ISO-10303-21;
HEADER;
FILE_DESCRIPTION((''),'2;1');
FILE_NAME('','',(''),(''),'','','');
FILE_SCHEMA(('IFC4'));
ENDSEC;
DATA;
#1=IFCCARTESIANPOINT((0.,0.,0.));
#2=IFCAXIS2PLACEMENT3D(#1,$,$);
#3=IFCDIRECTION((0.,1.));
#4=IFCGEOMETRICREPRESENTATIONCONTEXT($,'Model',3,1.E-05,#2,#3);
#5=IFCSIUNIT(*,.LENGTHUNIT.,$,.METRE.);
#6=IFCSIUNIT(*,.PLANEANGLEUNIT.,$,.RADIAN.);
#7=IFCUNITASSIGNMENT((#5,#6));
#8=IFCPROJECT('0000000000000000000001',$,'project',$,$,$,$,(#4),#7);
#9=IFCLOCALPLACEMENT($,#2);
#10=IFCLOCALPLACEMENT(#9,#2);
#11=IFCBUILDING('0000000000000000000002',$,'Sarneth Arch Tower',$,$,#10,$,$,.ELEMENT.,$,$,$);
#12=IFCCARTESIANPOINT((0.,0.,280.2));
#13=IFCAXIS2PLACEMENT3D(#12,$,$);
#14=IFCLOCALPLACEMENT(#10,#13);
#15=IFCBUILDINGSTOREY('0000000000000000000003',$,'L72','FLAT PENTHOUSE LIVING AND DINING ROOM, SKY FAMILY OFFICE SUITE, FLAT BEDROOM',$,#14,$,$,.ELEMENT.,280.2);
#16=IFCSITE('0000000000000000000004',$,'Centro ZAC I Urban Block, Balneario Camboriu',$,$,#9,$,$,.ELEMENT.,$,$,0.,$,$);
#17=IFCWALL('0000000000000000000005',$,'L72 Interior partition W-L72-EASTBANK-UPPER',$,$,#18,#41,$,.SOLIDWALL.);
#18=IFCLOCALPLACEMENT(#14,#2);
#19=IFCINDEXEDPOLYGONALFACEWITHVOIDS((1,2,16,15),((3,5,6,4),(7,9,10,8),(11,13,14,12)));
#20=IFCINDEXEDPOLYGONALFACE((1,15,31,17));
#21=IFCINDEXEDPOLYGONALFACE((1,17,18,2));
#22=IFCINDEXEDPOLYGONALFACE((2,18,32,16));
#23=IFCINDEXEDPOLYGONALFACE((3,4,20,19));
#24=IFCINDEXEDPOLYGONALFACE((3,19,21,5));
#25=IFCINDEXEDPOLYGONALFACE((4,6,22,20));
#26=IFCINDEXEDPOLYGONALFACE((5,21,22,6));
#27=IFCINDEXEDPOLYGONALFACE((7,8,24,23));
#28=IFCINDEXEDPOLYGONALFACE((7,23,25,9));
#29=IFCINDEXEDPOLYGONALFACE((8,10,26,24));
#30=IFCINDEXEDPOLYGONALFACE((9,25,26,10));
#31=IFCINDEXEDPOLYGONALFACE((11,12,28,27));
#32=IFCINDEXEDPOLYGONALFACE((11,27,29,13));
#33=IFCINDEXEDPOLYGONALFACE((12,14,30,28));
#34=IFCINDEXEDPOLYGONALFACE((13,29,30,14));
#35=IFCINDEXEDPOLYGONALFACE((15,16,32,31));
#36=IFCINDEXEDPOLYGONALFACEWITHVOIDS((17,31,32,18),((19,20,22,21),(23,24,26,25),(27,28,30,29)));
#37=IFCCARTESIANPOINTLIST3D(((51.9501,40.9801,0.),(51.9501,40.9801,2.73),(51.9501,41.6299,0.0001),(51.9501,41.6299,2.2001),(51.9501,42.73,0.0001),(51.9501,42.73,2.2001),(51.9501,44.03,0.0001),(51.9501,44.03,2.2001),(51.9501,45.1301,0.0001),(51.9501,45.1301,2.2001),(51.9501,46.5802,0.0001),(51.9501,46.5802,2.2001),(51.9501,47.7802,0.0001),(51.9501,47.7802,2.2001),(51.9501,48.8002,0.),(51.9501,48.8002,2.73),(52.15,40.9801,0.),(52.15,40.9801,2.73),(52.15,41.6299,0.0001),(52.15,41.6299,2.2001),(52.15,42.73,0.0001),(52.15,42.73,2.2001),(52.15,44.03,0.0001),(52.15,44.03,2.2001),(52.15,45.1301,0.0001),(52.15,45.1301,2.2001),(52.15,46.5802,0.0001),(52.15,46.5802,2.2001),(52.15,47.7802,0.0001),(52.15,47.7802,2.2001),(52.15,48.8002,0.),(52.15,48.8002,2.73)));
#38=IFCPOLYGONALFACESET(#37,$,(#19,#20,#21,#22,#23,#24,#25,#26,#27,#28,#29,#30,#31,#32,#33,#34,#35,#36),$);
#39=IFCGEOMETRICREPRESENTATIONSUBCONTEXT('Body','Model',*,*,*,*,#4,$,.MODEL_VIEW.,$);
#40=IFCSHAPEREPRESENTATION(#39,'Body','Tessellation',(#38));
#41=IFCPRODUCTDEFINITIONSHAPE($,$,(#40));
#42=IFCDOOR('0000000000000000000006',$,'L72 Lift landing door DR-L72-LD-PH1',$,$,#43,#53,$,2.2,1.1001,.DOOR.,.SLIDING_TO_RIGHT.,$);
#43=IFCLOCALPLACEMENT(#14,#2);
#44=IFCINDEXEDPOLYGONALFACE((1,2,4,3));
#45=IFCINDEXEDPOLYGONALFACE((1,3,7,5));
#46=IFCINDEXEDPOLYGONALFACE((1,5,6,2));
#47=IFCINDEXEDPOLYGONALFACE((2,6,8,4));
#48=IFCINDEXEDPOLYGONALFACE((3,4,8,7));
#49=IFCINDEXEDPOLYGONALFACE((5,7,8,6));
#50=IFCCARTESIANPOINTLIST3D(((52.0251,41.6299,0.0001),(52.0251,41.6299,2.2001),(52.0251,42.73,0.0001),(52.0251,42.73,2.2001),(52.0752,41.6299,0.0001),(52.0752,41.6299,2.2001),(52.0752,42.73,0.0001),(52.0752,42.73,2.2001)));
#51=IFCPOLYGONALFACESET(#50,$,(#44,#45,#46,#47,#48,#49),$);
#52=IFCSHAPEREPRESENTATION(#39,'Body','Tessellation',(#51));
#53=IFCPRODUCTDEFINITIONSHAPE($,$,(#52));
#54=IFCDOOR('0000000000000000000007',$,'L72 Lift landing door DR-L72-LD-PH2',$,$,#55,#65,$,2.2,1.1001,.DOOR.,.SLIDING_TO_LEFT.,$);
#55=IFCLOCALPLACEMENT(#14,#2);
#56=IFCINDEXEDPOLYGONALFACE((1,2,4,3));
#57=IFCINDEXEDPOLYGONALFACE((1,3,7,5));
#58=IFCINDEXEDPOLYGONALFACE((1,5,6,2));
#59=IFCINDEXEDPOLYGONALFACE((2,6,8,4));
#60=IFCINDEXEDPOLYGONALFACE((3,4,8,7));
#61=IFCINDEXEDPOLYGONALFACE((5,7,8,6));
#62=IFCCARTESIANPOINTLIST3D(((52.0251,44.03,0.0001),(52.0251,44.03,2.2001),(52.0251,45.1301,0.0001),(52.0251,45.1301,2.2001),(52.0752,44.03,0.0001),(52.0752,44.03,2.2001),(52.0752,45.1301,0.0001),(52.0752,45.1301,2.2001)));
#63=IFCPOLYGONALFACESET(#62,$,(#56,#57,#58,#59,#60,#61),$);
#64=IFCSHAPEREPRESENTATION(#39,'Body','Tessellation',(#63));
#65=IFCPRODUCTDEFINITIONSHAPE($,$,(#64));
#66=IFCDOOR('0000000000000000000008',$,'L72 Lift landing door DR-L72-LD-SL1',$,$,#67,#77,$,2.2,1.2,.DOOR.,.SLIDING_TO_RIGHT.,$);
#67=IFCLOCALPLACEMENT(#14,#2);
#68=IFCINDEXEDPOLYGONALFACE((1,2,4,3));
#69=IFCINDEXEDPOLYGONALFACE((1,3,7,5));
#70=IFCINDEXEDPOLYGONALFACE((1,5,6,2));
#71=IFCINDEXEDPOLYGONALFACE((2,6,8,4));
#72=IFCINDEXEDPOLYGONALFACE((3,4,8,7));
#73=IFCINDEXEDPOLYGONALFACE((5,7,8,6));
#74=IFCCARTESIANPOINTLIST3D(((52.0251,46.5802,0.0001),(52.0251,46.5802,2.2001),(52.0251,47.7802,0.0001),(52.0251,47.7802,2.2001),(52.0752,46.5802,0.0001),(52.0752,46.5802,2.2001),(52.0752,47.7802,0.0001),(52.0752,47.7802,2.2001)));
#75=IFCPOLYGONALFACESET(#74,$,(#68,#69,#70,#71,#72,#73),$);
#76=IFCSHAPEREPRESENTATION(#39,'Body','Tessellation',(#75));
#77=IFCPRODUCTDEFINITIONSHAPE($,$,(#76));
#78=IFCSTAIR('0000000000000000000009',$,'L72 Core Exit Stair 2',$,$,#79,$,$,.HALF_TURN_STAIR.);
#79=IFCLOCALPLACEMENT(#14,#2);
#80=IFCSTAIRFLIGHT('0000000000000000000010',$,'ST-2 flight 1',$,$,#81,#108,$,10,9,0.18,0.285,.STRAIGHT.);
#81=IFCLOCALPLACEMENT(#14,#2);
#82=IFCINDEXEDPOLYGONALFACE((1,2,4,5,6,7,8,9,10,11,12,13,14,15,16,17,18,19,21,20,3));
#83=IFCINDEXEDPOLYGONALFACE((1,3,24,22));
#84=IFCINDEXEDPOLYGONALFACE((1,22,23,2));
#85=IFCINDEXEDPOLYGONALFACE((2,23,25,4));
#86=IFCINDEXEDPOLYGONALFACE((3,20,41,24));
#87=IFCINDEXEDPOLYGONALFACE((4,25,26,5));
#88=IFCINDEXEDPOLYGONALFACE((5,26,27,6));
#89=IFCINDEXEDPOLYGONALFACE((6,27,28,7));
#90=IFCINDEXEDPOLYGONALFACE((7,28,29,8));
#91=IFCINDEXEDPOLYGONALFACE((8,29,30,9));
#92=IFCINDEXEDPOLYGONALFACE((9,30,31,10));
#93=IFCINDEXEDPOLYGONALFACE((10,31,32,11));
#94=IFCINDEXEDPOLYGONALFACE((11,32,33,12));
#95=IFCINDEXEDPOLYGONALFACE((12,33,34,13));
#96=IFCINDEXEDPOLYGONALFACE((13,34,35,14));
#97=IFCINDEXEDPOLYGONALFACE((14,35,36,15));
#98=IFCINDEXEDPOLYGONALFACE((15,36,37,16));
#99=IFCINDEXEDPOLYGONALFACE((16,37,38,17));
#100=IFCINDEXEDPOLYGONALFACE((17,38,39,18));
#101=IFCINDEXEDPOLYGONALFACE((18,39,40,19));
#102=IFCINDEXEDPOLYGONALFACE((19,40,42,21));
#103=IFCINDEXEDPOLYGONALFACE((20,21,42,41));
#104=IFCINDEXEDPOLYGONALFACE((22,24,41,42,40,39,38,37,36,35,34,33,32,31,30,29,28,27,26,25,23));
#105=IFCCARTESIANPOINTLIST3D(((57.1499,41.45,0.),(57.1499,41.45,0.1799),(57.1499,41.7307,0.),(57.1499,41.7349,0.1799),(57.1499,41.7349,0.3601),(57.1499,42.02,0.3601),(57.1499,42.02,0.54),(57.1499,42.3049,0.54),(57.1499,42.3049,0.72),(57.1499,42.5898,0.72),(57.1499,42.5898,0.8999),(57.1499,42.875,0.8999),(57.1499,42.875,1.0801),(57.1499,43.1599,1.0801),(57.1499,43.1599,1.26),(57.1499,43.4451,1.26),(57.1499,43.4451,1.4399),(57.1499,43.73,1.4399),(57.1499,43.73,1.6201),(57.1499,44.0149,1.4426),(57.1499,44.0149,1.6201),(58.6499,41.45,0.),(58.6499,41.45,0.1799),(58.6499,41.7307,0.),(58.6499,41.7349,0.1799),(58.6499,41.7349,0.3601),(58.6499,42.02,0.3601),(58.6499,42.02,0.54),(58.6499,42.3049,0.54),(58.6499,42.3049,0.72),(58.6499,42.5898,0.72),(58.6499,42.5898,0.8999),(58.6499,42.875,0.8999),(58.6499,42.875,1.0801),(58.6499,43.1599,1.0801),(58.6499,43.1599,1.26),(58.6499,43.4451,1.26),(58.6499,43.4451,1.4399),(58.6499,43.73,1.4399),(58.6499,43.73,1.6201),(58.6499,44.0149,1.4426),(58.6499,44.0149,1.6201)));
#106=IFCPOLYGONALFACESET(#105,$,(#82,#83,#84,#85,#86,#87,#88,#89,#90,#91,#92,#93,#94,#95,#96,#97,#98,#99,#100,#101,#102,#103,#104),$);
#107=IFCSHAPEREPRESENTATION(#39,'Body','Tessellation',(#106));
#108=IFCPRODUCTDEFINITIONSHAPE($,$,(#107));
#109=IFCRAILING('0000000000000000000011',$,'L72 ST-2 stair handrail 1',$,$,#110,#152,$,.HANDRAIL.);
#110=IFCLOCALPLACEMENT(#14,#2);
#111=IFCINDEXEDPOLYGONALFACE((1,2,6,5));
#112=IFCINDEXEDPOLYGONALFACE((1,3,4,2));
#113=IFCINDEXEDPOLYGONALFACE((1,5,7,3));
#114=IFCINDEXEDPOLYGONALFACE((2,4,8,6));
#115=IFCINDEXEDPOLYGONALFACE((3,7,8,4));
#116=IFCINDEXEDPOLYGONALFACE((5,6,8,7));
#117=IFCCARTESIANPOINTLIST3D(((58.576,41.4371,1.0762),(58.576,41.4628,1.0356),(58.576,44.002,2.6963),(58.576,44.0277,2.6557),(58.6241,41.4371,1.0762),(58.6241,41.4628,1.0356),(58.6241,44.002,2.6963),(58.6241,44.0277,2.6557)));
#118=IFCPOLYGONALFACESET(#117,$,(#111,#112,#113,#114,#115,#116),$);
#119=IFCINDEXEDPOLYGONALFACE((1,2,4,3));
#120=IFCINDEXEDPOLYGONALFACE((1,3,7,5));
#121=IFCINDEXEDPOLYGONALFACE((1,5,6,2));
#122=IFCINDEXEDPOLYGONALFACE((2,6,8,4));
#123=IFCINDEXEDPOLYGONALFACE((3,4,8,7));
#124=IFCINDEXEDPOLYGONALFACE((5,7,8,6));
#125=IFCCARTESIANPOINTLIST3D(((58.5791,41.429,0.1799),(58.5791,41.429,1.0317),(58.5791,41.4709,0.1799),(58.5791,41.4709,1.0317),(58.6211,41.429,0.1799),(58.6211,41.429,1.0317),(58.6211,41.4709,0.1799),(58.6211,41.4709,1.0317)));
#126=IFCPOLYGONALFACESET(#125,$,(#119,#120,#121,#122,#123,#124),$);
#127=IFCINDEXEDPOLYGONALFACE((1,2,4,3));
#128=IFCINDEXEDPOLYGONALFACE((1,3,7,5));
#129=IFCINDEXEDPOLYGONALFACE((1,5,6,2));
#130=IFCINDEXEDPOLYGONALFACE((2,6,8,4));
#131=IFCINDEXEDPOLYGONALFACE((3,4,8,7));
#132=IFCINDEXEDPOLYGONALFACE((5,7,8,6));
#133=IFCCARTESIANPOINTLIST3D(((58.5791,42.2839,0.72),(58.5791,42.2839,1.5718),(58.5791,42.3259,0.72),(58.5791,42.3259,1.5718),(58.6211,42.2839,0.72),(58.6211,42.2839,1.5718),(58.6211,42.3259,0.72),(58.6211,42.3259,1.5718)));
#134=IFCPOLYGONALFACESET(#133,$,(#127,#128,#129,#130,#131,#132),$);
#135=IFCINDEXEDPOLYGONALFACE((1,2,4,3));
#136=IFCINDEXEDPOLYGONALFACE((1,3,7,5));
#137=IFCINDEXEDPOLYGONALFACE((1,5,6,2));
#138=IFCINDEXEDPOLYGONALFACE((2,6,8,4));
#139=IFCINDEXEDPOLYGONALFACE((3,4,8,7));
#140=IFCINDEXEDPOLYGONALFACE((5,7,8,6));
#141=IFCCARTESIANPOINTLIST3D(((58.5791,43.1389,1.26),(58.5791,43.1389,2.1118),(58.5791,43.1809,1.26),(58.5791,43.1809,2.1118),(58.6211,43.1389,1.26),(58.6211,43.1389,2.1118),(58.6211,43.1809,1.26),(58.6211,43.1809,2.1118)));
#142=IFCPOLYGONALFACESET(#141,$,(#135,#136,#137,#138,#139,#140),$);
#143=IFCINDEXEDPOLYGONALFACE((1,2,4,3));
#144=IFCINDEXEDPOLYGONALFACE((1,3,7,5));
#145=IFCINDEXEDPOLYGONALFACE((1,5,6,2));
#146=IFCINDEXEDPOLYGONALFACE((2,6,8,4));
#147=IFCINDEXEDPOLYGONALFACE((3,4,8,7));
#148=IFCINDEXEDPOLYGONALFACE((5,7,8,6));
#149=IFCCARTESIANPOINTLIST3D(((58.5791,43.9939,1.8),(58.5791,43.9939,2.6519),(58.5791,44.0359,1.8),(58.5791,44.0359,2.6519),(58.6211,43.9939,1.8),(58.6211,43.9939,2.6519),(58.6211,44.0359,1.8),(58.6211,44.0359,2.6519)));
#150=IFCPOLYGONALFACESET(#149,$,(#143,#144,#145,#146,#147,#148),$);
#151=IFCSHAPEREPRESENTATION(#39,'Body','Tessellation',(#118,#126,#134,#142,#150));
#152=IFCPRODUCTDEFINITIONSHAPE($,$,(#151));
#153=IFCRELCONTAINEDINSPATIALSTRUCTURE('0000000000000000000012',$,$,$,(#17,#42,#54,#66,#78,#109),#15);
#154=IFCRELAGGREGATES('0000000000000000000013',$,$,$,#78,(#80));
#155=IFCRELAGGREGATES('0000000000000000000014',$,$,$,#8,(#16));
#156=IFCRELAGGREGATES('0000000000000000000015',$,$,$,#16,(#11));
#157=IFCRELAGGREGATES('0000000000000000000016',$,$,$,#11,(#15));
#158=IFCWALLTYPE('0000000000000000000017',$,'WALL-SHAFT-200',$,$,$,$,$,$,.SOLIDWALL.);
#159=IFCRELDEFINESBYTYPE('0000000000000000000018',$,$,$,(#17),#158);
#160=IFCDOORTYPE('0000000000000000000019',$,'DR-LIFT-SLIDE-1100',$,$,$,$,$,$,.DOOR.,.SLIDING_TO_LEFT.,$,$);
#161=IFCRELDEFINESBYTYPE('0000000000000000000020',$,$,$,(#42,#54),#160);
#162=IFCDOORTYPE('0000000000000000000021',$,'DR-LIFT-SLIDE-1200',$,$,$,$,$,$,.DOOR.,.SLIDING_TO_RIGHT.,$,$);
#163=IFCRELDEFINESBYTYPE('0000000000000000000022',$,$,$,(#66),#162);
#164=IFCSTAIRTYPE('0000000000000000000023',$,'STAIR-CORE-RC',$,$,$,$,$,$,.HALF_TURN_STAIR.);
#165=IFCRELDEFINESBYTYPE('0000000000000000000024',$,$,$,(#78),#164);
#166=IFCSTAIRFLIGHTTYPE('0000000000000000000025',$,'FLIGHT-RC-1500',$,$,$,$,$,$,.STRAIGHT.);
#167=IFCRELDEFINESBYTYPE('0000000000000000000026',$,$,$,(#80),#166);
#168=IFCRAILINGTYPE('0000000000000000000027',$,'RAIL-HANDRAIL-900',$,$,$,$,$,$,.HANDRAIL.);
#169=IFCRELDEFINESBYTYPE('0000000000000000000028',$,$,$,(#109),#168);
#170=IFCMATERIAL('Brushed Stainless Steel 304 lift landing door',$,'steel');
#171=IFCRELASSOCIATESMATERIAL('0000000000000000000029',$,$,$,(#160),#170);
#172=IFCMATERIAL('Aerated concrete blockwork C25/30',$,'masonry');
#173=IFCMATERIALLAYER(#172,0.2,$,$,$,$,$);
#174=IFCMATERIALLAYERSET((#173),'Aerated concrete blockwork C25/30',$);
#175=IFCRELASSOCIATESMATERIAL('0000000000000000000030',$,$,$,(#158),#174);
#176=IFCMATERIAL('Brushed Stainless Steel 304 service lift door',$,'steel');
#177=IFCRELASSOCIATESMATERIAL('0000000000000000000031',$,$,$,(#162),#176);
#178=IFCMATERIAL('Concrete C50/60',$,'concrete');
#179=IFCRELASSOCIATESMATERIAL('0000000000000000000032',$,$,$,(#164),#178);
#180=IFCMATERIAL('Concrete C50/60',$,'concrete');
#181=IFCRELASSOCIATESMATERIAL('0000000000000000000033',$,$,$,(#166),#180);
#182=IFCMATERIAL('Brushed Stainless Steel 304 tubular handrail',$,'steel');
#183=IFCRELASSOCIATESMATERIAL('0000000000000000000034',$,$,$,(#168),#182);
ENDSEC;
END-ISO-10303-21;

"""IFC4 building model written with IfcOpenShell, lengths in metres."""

from ifc_helpers import new_model, si_unit, direction, frame, frame_2d, origin, origin_2d, place, context, subcontext, project, spatial, polyline, rectangle, outline, extrude, material, layer, layer_set, type_object, element, fill, aggregate, save


model = new_model("IFC4")

# Units and contexts
model_context = context("Model", 3, precision=1e-05, world=origin(), true_north=direction((0.0, 1.0)))
body_context = subcontext(model_context, "Body", "Model", "MODEL_VIEW")
ifc_project = project(units=[si_unit("LENGTHUNIT", "METRE"), si_unit("PLANEANGLEUNIT", "RADIAN")], contexts=[model_context])

# Site, building, storey
site_placement = place(None, origin())
site = spatial("IfcSite", under=ifc_project, at=site_placement, Name="Centro ZAC I Urban Block, Balneario Camboriu", CompositionType="ELEMENT", RefElevation=0.0)
building_placement = place(site_placement, origin())
building = spatial("IfcBuilding", under=site, at=building_placement, Name="Sarneth Arch Tower", CompositionType="ELEMENT")
storey_placement = place(building_placement, frame((0.0, 0.0, 280.2)))
storey = spatial("IfcBuildingStorey", under=building, at=storey_placement, Name="L72", Description="FLAT PENTHOUSE LIVING AND DINING ROOM, SKY FAMILY OFFICE SUITE, FLAT BEDROOM", CompositionType="ELEMENT", Elevation=280.2)

# Shared definitions
ifc_material_1 = material(Name="Brushed Stainless Steel 304 lift landing door", Category="steel")
door_type_1 = type_object("IfcDoorType", Name="DR-LIFT-SLIDE-1100", OperationType="SLIDING_TO_LEFT", PredefinedType="DOOR", material=ifc_material_1)

# Shared definitions
ifc_material_2 = material(Name="Aerated concrete blockwork C25/30", Category="masonry")
ifc_layer_1 = layer(ifc_material_2, 0.2)
ifc_layer_set_1 = layer_set([ifc_layer_1], Name="Aerated concrete blockwork C25/30")
wall_type_1 = type_object("IfcWallType", Name="WALL-SHAFT-200", PredefinedType="SOLIDWALL", material=ifc_layer_set_1)

# Wall, openings, doors
wall_1_placement = place(storey_placement, frame((52.05, 40.98, 0.0), z_axis=(0.0, 0.0, 1.0), x_axis=(0.0, 1.0, 0.0)))
wall_1 = element("IfcWall", 1, at=wall_1_placement, inside=storey, type_object=wall_type_1, Name="L72 Interior partition W-L72-EASTBANK-UPPER", PredefinedType="SOLIDWALL", context=body_context, shape_type="SweptSolid", body=[
    extrude(rectangle(XDim=7.8201, YDim=0.2, at=frame_2d((3.9102, 0.0))), origin(), (0.0, 0.0, 1.0), 2.73),
])
opening_1_placement = place(wall_1_placement, frame((0.6499, 0.0, 0.0)))
opening_1 = element("IfcOpeningElement", 2, at=opening_1_placement, cuts=wall_1, PredefinedType="OPENING", context=body_context, shape_type="SweptSolid", body=[
    extrude(rectangle(XDim=1.1001, YDim=2.2, at=frame_2d((0.55, 1.1001))), frame((0.0, 0.1099, 0.0), z_axis=(0.0, -1.0, 0.0), x_axis=(1.0, 0.0, 0.0)), (0.0, 0.0, 1.0), 0.22),
])
opening_2_placement = place(wall_1_placement, frame((3.05, 0.0, 0.0)))
opening_2 = element("IfcOpeningElement", 3, at=opening_2_placement, cuts=wall_1, PredefinedType="OPENING", context=body_context, shape_type="SweptSolid", body=[
    extrude(rectangle(XDim=1.1001, YDim=2.2, at=frame_2d((0.55, 1.1001))), frame((0.0, 0.1099, 0.0), z_axis=(0.0, -1.0, 0.0), x_axis=(1.0, 0.0, 0.0)), (0.0, 0.0, 1.0), 0.22),
])
opening_3_placement = place(wall_1_placement, frame((5.6001, 0.0, 0.0)))
opening_3 = element("IfcOpeningElement", 4, at=opening_3_placement, cuts=wall_1, PredefinedType="OPENING", context=body_context, shape_type="SweptSolid", body=[
    extrude(rectangle(XDim=1.2, YDim=2.2, at=frame_2d((0.6001, 1.1001))), frame((0.0, 0.1099, 0.0), z_axis=(0.0, -1.0, 0.0), x_axis=(1.0, 0.0, 0.0)), (0.0, 0.0, 1.0), 0.22),
])
door_1_placement = place(opening_1_placement, origin())
door_1 = element("IfcDoor", 5, at=door_1_placement, inside=storey, type_object=door_type_1, Name="L72 Lift landing door DR-L72-LD-PH1", OperationType="SLIDING_TO_RIGHT", OverallHeight=2.2, OverallWidth=1.1001, PredefinedType="DOOR", context=body_context, shape_type="SweptSolid", body=[
    extrude(rectangle(XDim=1.1001, YDim=2.2, at=frame_2d((0.55, 1.1001))), frame((0.0, 0.0249, 0.0), z_axis=(0.0, -1.0, 0.0), x_axis=(1.0, 0.0, 0.0)), (0.0, 0.0, 1.0), 0.05),
])
fill(opening_1, door_1)
door_2_placement = place(opening_2_placement, origin())
door_2 = element("IfcDoor", 6, at=door_2_placement, inside=storey, type_object=door_type_1, Name="L72 Lift landing door DR-L72-LD-PH2", OperationType="SLIDING_TO_LEFT", OverallHeight=2.2, OverallWidth=1.1001, PredefinedType="DOOR", context=body_context, shape_type="SweptSolid", body=[
    extrude(rectangle(XDim=1.1001, YDim=2.2, at=frame_2d((0.55, 1.1001))), frame((0.0, 0.0249, 0.0), z_axis=(0.0, -1.0, 0.0), x_axis=(1.0, 0.0, 0.0)), (0.0, 0.0, 1.0), 0.05),
])
fill(opening_2, door_2)
ifc_material_3 = material(Name="Brushed Stainless Steel 304 service lift door", Category="steel")
door_type_2 = type_object("IfcDoorType", Name="DR-LIFT-SLIDE-1200", OperationType="SLIDING_TO_RIGHT", PredefinedType="DOOR", material=ifc_material_3)
door_3_placement = place(opening_3_placement, origin())
door_3 = element("IfcDoor", 7, at=door_3_placement, inside=storey, type_object=door_type_2, Name="L72 Lift landing door DR-L72-LD-SL1", OperationType="SLIDING_TO_RIGHT", OverallHeight=2.2, OverallWidth=1.2, PredefinedType="DOOR", context=body_context, shape_type="SweptSolid", body=[
    extrude(rectangle(XDim=1.2, YDim=2.2, at=frame_2d((0.6001, 1.1001))), frame((0.0, 0.0249, 0.0), z_axis=(0.0, -1.0, 0.0), x_axis=(1.0, 0.0, 0.0)), (0.0, 0.0, 1.0), 0.05),
])
fill(opening_3, door_3)

# Stair, stair flight
ifc_material_4 = material(Name="Concrete C50/60", Category="concrete")
stair_type = type_object("IfcStairType", Name="STAIR-CORE-RC", PredefinedType="HALF_TURN_STAIR", material=ifc_material_4)
stair_placement = place(storey_placement, origin())
stair = element("IfcStair", 8, at=stair_placement, inside=storey, type_object=stair_type, Name="L72 Core Exit Stair 2", PredefinedType="HALF_TURN_STAIR")
ifc_material_5 = material(Name="Concrete C50/60", Category="concrete")
stair_flight_type = type_object("IfcStairFlightType", Name="FLIGHT-RC-1500", PredefinedType="STRAIGHT", material=ifc_material_5)
stair_flight_placement = place(storey_placement, frame((57.8999, 41.45, 0.0), z_axis=(0.0, 0.0, 1.0), x_axis=(0.0, 1.0, 0.0)))
stair_flight = element("IfcStairFlight", 9, at=stair_flight_placement, type_object=stair_flight_type, Name="ST-2 flight 1", NumberOfRisers=10, NumberOfTreads=9, PredefinedType="STRAIGHT", RiserHeight=0.18, TreadLength=0.285, context=body_context, shape_type="SweptSolid", body=[
    extrude(outline(polyline([(0.0, 0.0), (0.0, 0.1799), (0.2849, 0.1799), (0.2849, 0.3601), (0.5701, 0.3601), (0.5701, 0.54), (0.855, 0.54), (0.855, 0.72), (1.1399, 0.72), (1.1399, 0.8999), (1.425, 0.8999), (1.425, 1.0801), (1.71, 1.0801), (1.71, 1.26), (1.9951, 1.26), (1.9951, 1.4399), (2.28, 1.4399), (2.28, 1.6201), (2.5649, 1.6201), (2.5649, 1.8), (2.5649, 1.4426), (0.2808, 0.0), (0.0, 0.0)])), frame((0.0, 0.75, 0.0), z_axis=(0.0, -1.0, 0.0), x_axis=(1.0, 0.0, 0.0)), (0.0, 0.0, 1.0), 1.5),
])
aggregate(stair, [stair_flight])

# Railing
ifc_material_6 = material(Name="Brushed Stainless Steel 304 tubular handrail", Category="steel")
railing_type_1 = type_object("IfcRailingType", Name="RAIL-HANDRAIL-900", PredefinedType="HANDRAIL", material=ifc_material_6)
railing_1_placement = place(storey_placement, frame((58.6001, 41.45, 0.1799)))
element("IfcRailing", 10, at=railing_1_placement, inside=storey, type_object=railing_type_1, Name="L72 ST-2 stair handrail 1", PredefinedType="HANDRAIL", context=body_context, shape_type="SweptSolid", body=[
    extrude(rectangle(XDim=0.0481, YDim=0.0481, at=origin_2d()), frame((0.0, 0.0, 0.876), z_axis=(0.0, 0.845466, 0.534029), x_axis=(-1.0, 0.0, 0.0)), (0.0, 0.0, 1.0), 3.0337),
    extrude(rectangle(XDim=0.042, YDim=0.042, at=origin_2d()), origin(), (0.0, 0.0, 1.0), 0.8518),
    extrude(rectangle(XDim=0.042, YDim=0.042, at=origin_2d()), frame((0.0, 0.855, 0.54)), (0.0, 0.0, 1.0), 0.8518),
    extrude(rectangle(XDim=0.042, YDim=0.042, at=origin_2d()), frame((0.0, 1.71, 1.0801)), (0.0, 0.0, 1.0), 0.8518),
    extrude(rectangle(XDim=0.042, YDim=0.042, at=origin_2d()), frame((0.0, 2.5649, 1.6201)), (0.0, 0.0, 1.0), 0.8518),
])

save(model, "model.ifc")
